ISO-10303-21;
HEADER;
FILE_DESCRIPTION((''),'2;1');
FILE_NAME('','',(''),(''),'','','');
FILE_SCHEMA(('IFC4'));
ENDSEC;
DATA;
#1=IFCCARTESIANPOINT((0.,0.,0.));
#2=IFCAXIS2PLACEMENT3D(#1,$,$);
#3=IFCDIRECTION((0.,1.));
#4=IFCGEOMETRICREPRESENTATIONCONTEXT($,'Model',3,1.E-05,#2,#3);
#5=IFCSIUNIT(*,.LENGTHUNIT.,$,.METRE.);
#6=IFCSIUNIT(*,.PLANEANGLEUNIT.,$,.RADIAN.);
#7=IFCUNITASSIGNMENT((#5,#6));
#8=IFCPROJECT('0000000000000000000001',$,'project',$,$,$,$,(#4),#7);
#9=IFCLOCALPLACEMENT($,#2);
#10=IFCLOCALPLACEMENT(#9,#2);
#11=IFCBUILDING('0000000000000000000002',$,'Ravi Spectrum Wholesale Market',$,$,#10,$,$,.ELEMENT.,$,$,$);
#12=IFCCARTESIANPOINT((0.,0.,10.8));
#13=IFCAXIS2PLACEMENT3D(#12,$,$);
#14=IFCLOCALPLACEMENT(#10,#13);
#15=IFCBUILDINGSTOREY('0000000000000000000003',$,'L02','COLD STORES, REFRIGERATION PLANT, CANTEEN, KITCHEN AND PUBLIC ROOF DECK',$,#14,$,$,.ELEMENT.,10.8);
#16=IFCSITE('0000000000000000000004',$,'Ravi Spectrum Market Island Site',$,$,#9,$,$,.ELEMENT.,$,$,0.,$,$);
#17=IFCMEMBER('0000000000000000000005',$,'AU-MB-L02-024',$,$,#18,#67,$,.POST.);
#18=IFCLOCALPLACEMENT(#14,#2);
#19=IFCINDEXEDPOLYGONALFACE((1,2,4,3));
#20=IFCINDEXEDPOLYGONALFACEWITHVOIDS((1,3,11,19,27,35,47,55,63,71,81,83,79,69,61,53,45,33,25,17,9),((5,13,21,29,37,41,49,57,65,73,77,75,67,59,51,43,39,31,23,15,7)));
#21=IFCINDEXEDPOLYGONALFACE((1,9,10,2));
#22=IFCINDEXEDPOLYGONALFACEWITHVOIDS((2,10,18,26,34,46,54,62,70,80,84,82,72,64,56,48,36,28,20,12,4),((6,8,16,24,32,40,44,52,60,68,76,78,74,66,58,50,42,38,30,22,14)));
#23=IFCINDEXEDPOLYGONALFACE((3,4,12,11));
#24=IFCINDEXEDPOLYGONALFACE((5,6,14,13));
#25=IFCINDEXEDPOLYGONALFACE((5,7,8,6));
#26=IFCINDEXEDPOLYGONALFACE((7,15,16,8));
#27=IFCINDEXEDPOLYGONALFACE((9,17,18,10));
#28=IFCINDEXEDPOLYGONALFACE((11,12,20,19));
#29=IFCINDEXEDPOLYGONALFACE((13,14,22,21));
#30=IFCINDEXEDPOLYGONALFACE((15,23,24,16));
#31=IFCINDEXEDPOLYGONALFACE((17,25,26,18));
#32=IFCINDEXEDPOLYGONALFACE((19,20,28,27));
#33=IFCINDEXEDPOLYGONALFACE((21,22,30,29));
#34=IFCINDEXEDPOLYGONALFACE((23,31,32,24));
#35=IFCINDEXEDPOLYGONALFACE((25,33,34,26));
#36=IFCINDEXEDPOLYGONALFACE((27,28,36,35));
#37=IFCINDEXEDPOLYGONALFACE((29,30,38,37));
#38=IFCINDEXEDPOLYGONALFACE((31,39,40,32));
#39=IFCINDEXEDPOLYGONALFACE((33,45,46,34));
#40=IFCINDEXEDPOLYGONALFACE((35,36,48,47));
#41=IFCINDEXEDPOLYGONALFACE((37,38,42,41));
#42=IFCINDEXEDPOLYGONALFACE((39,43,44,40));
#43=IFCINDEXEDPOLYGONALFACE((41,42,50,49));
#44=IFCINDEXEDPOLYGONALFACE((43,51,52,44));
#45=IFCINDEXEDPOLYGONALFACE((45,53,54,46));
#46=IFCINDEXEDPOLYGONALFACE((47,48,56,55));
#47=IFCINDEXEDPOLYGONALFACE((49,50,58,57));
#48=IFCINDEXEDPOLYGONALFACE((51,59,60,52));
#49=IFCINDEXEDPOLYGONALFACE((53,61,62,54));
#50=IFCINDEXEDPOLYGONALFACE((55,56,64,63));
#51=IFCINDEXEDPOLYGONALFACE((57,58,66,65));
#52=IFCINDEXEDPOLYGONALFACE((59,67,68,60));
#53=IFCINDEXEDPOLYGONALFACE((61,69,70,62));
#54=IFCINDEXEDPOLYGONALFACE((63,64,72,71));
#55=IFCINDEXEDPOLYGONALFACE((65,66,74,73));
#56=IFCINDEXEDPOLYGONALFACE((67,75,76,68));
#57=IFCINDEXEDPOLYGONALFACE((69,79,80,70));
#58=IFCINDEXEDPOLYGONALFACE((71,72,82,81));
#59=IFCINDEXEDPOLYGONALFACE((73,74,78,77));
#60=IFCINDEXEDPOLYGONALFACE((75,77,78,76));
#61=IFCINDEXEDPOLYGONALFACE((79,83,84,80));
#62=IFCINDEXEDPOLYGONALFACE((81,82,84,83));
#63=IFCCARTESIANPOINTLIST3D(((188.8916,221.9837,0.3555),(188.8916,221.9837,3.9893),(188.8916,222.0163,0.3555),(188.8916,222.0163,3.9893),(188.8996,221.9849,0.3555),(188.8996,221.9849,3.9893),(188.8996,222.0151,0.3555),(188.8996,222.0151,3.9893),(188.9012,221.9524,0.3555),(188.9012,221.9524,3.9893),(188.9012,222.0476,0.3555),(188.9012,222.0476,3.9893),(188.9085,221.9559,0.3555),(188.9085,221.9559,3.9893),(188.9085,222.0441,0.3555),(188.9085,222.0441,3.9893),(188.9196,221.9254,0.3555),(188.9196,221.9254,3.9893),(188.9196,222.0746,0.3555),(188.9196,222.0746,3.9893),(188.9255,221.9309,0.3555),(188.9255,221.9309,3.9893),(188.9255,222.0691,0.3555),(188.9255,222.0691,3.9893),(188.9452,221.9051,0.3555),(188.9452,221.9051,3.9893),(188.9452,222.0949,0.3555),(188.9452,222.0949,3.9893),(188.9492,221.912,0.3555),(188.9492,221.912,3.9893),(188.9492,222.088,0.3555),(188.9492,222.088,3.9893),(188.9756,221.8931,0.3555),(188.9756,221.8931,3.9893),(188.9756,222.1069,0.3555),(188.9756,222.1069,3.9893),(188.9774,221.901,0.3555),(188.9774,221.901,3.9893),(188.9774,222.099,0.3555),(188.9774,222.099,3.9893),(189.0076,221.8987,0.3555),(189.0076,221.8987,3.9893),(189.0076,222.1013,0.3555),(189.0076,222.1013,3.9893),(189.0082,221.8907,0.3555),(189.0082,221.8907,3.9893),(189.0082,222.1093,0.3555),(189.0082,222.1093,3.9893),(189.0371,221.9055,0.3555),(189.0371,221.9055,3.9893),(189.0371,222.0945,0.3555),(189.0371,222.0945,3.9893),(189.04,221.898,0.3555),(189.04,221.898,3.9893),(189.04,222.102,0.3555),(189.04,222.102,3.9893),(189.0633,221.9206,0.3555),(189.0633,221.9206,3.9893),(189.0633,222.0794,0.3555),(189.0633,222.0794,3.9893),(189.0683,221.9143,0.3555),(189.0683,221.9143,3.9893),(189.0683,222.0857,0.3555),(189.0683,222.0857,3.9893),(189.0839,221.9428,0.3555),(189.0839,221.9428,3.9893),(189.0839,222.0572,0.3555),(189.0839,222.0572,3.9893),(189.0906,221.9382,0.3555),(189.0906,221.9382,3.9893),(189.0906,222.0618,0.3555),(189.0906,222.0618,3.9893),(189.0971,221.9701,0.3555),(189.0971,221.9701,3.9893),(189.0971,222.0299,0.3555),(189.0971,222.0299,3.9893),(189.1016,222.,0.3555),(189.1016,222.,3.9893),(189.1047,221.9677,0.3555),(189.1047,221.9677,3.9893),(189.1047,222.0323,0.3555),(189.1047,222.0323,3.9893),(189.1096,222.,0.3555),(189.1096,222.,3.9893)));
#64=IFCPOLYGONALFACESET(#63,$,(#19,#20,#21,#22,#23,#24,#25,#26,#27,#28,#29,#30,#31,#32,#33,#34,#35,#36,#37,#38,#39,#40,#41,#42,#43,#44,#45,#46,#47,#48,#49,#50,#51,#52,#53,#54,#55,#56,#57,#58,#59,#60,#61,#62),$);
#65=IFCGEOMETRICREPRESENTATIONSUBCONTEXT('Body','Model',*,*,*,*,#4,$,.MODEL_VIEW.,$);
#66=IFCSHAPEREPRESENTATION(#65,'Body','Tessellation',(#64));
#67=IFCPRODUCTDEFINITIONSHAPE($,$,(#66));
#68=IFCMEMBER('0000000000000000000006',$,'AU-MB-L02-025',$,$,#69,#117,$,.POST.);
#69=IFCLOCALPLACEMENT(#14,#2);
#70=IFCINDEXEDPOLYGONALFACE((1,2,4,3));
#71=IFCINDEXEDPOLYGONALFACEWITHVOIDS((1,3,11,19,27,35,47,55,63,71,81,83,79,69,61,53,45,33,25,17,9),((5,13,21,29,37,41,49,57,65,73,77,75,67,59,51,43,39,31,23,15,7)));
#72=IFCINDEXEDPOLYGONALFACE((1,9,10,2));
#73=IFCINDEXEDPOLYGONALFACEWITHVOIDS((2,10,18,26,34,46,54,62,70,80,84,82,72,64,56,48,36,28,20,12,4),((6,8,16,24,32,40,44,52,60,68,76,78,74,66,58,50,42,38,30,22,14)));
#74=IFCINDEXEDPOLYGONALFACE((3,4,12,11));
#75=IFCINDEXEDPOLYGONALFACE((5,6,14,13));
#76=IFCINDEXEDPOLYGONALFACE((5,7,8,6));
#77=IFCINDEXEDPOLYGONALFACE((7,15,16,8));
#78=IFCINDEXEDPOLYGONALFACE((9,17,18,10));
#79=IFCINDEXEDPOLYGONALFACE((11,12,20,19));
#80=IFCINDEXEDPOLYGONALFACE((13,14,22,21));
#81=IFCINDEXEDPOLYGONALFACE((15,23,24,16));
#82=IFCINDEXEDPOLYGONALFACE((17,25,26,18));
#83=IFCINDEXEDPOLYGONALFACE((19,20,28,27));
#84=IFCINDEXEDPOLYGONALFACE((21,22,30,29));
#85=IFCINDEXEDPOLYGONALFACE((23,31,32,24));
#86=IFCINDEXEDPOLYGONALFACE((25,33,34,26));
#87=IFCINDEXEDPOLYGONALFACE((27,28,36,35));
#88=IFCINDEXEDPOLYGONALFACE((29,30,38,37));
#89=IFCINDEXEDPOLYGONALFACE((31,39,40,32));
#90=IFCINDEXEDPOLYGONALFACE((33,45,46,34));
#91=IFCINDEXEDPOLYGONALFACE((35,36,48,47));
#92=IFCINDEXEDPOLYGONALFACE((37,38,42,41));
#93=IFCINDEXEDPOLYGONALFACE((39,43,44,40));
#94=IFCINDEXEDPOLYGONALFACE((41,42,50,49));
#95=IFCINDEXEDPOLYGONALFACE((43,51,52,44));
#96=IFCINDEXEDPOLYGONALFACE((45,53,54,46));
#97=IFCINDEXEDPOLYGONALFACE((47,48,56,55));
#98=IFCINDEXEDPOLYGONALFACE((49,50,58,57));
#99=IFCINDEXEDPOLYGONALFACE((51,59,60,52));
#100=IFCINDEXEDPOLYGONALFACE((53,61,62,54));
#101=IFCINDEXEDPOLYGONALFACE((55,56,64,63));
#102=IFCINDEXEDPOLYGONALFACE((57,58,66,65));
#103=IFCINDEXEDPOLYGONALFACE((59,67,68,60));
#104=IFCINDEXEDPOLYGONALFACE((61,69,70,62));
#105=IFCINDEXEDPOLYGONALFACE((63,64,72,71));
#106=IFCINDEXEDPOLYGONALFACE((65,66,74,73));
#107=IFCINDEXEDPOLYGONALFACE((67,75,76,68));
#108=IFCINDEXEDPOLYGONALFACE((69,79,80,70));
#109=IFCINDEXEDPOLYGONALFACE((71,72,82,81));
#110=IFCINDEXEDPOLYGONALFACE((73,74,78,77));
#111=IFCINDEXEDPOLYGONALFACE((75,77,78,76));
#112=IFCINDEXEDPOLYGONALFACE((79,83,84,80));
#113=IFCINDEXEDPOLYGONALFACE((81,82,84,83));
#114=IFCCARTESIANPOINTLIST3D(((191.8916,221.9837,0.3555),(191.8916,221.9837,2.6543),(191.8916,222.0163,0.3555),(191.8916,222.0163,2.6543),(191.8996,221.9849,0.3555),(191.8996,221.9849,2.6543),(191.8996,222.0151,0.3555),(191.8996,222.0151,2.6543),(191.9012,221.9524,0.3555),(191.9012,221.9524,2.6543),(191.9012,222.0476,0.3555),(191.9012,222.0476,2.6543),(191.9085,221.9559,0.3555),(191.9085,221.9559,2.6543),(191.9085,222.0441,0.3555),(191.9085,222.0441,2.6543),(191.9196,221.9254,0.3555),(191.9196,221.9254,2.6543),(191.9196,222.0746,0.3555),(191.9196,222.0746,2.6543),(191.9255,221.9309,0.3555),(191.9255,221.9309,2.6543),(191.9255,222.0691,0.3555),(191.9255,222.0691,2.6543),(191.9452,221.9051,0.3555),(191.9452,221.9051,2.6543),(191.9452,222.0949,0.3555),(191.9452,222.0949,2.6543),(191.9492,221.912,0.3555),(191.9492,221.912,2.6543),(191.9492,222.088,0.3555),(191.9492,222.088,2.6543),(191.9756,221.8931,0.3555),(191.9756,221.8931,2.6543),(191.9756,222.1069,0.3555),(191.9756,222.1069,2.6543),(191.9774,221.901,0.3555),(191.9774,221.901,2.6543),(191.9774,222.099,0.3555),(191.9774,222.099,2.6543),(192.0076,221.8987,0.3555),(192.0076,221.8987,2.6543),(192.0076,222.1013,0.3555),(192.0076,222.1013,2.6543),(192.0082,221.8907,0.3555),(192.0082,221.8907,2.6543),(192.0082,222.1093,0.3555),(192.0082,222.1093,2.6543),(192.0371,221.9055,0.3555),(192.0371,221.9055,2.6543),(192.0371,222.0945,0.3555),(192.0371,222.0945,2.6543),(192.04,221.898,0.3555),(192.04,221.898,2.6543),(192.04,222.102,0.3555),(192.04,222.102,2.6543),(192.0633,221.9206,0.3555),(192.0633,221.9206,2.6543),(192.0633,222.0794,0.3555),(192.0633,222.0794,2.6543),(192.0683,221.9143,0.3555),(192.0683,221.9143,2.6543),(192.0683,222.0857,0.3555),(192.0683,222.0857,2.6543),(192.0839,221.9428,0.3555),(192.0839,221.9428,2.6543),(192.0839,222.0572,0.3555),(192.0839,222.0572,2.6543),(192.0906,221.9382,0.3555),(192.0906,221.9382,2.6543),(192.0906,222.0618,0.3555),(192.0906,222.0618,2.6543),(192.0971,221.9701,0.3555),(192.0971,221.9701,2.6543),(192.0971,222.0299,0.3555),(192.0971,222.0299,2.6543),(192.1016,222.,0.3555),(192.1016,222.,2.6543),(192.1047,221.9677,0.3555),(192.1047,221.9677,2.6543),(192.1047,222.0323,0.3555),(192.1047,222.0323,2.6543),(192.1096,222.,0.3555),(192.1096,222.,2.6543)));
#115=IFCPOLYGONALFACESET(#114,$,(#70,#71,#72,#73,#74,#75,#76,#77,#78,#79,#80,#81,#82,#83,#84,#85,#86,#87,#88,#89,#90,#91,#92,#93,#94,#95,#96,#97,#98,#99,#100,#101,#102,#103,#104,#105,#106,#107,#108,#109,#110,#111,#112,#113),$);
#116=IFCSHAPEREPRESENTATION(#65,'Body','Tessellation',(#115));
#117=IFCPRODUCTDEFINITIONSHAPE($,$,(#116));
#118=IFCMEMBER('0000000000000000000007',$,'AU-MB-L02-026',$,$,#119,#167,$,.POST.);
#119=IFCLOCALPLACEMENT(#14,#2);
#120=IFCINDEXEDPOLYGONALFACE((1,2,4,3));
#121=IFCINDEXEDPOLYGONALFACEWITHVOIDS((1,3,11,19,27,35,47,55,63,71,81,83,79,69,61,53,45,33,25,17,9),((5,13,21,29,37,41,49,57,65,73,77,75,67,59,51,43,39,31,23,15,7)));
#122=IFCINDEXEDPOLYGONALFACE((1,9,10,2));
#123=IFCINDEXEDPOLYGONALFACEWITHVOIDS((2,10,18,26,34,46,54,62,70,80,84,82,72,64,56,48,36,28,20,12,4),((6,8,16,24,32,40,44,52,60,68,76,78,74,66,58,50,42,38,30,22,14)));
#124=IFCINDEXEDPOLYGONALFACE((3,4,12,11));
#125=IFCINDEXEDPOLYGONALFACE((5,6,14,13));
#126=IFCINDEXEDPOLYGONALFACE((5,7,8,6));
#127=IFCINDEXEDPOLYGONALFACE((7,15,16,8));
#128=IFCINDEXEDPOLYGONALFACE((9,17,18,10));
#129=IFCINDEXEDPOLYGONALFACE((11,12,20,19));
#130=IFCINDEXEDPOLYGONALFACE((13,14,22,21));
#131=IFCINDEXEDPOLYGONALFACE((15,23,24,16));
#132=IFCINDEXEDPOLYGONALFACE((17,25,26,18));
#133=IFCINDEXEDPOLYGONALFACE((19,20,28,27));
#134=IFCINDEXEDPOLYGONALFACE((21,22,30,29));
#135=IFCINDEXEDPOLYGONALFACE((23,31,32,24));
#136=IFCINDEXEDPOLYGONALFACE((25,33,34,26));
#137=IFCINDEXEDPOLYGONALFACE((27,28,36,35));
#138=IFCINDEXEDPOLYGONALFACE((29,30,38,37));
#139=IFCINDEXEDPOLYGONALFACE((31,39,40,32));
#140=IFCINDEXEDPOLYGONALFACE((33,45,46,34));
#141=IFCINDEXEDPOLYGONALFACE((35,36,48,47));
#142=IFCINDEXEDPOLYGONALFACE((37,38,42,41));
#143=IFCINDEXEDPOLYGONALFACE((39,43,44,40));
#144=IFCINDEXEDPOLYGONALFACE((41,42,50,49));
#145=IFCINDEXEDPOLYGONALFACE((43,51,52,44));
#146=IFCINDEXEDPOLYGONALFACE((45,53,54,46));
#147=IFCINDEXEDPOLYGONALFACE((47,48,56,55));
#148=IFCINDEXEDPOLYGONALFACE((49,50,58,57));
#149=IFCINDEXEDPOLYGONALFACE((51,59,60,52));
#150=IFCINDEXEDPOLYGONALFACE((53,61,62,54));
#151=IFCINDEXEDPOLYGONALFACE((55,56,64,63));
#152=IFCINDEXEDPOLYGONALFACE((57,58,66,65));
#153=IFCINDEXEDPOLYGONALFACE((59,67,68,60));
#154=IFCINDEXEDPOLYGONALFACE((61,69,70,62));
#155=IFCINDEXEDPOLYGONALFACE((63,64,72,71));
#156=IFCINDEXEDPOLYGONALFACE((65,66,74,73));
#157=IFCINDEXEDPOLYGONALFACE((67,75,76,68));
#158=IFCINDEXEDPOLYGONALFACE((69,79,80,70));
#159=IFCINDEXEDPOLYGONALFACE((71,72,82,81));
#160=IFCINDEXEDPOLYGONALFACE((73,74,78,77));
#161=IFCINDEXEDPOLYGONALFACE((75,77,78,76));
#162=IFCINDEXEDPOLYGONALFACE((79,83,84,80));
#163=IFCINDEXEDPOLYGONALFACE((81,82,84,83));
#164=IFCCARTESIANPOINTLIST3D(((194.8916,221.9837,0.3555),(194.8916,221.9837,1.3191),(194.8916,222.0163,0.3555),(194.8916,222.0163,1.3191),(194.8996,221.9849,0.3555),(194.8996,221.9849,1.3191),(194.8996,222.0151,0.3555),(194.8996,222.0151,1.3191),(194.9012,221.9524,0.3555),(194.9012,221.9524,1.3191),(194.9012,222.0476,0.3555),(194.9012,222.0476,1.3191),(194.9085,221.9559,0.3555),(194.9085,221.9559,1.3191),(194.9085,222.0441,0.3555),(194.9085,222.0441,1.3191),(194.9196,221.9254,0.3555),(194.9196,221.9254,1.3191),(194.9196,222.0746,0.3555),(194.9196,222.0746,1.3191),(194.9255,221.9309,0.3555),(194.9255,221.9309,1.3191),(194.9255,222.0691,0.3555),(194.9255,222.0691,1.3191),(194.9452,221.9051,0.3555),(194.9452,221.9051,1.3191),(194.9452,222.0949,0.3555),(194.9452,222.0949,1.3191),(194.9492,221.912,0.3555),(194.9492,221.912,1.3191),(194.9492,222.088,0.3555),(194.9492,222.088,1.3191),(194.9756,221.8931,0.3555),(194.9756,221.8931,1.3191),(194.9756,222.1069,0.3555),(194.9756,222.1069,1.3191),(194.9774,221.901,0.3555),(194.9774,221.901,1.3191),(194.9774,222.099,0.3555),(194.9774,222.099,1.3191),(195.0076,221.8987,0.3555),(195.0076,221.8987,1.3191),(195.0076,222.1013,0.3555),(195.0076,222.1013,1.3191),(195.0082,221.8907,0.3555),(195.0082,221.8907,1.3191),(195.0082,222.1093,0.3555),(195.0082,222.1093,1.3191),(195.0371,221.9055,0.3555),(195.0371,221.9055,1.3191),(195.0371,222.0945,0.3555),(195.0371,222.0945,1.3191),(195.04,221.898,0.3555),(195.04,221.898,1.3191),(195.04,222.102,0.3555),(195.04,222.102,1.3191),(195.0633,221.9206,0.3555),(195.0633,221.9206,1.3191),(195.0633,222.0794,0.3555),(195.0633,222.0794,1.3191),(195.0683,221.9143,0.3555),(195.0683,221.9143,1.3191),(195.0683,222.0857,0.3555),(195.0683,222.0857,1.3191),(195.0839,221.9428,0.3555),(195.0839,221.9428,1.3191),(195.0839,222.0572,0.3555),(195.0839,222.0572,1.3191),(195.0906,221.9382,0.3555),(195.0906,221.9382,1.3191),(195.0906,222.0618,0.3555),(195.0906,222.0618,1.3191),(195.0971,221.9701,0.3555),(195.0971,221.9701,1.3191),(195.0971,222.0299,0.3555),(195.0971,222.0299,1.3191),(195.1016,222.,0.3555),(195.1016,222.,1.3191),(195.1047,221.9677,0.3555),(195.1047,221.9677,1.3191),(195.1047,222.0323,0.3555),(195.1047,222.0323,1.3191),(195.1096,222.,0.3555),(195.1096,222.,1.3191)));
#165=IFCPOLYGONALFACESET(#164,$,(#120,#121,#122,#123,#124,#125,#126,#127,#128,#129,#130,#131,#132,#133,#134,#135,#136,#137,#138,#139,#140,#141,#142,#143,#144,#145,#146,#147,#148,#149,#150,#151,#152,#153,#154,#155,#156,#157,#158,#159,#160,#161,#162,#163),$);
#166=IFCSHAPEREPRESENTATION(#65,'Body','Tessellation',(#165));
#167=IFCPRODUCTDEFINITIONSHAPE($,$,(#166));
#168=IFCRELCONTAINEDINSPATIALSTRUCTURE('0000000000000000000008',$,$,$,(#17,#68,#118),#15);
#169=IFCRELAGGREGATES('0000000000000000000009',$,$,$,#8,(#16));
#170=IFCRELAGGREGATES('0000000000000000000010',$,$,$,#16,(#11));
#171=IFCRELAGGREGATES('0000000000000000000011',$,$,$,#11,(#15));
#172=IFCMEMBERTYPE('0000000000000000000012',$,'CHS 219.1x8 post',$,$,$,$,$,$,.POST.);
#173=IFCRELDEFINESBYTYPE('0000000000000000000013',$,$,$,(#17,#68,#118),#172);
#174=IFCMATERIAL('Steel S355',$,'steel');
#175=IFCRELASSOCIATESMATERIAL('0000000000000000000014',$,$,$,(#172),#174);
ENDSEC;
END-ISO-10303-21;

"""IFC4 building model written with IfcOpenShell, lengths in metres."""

from ifc_helpers import new_model, si_unit, direction, frame, origin, origin_2d, place, context, subcontext, project, spatial, hollow_circle, extrude, material, material_profile, profile_set, type_object, element, save


model = new_model("IFC4")

# Units and contexts
model_context = context("Model", 3, precision=1e-05, world=origin(), true_north=direction((0.0, 1.0)))
body_context = subcontext(model_context, "Body", "Model", "MODEL_VIEW")
ifc_project = project(units=[si_unit("LENGTHUNIT", "METRE"), si_unit("PLANEANGLEUNIT", "RADIAN")], contexts=[model_context])

# Site, building, storey
site_placement = place(None, origin())
site = spatial("IfcSite", under=ifc_project, at=site_placement, Name="Ravi Spectrum Market Island Site", CompositionType="ELEMENT", RefElevation=0.0)
building_placement = place(site_placement, origin())
building = spatial("IfcBuilding", under=site, at=building_placement, Name="Ravi Spectrum Wholesale Market", CompositionType="ELEMENT")
storey_placement = place(building_placement, frame((0.0, 0.0, 10.8)))
storey = spatial("IfcBuildingStorey", under=building, at=storey_placement, Name="L02", Description="COLD STORES, REFRIGERATION PLANT, CANTEEN, KITCHEN AND PUBLIC ROOF DECK", CompositionType="ELEMENT", Elevation=10.8)

# Members
ifc_material_1 = material(Name="Steel S355", Category="steel")
ifc_material_profile_1 = material_profile(ifc_material_1, hollow_circle(Radius=0.1096, WallThickness=0.0081, at=origin_2d()))
ifc_profile_set_1 = profile_set([ifc_material_profile_1], Name="Steel S355")
member_type_1 = type_object("IfcMemberType", Name="CHS 219.1x8 post", PredefinedType="POST", material=ifc_profile_set_1)
member_1_placement = place(storey_placement, frame((189.0, 222.0, 0.3555), z_axis=(0.0, 0.0, 1.0), x_axis=(1.0, 0.0, 0.0)))
element("IfcMember", 1, at=member_1_placement, inside=storey, type_object=member_type_1, Name="AU-MB-L02-024", PredefinedType="POST", context=body_context, shape_type="SweptSolid", body=[
    extrude(hollow_circle(Radius=0.1096, WallThickness=0.0081, at=origin_2d()), origin(), (0.0, 0.0, 1.0), 3.6338),
])
member_2_placement = place(storey_placement, frame((192.0, 222.0, 0.3555), z_axis=(0.0, 0.0, 1.0), x_axis=(1.0, 0.0, 0.0)))
element("IfcMember", 2, at=member_2_placement, inside=storey, type_object=member_type_1, Name="AU-MB-L02-025", PredefinedType="POST", context=body_context, shape_type="SweptSolid", body=[
    extrude(hollow_circle(Radius=0.1096, WallThickness=0.0081, at=origin_2d()), origin(), (0.0, 0.0, 1.0), 2.2988),
])
member_3_placement = place(storey_placement, frame((195.0, 222.0, 0.3555), z_axis=(0.0, 0.0, 1.0), x_axis=(1.0, 0.0, 0.0)))
element("IfcMember", 3, at=member_3_placement, inside=storey, type_object=member_type_1, Name="AU-MB-L02-026", PredefinedType="POST", context=body_context, shape_type="SweptSolid", body=[
    extrude(hollow_circle(Radius=0.1096, WallThickness=0.0081, at=origin_2d()), origin(), (0.0, 0.0, 1.0), 0.9636),
])

save(model, "model.ifc")
